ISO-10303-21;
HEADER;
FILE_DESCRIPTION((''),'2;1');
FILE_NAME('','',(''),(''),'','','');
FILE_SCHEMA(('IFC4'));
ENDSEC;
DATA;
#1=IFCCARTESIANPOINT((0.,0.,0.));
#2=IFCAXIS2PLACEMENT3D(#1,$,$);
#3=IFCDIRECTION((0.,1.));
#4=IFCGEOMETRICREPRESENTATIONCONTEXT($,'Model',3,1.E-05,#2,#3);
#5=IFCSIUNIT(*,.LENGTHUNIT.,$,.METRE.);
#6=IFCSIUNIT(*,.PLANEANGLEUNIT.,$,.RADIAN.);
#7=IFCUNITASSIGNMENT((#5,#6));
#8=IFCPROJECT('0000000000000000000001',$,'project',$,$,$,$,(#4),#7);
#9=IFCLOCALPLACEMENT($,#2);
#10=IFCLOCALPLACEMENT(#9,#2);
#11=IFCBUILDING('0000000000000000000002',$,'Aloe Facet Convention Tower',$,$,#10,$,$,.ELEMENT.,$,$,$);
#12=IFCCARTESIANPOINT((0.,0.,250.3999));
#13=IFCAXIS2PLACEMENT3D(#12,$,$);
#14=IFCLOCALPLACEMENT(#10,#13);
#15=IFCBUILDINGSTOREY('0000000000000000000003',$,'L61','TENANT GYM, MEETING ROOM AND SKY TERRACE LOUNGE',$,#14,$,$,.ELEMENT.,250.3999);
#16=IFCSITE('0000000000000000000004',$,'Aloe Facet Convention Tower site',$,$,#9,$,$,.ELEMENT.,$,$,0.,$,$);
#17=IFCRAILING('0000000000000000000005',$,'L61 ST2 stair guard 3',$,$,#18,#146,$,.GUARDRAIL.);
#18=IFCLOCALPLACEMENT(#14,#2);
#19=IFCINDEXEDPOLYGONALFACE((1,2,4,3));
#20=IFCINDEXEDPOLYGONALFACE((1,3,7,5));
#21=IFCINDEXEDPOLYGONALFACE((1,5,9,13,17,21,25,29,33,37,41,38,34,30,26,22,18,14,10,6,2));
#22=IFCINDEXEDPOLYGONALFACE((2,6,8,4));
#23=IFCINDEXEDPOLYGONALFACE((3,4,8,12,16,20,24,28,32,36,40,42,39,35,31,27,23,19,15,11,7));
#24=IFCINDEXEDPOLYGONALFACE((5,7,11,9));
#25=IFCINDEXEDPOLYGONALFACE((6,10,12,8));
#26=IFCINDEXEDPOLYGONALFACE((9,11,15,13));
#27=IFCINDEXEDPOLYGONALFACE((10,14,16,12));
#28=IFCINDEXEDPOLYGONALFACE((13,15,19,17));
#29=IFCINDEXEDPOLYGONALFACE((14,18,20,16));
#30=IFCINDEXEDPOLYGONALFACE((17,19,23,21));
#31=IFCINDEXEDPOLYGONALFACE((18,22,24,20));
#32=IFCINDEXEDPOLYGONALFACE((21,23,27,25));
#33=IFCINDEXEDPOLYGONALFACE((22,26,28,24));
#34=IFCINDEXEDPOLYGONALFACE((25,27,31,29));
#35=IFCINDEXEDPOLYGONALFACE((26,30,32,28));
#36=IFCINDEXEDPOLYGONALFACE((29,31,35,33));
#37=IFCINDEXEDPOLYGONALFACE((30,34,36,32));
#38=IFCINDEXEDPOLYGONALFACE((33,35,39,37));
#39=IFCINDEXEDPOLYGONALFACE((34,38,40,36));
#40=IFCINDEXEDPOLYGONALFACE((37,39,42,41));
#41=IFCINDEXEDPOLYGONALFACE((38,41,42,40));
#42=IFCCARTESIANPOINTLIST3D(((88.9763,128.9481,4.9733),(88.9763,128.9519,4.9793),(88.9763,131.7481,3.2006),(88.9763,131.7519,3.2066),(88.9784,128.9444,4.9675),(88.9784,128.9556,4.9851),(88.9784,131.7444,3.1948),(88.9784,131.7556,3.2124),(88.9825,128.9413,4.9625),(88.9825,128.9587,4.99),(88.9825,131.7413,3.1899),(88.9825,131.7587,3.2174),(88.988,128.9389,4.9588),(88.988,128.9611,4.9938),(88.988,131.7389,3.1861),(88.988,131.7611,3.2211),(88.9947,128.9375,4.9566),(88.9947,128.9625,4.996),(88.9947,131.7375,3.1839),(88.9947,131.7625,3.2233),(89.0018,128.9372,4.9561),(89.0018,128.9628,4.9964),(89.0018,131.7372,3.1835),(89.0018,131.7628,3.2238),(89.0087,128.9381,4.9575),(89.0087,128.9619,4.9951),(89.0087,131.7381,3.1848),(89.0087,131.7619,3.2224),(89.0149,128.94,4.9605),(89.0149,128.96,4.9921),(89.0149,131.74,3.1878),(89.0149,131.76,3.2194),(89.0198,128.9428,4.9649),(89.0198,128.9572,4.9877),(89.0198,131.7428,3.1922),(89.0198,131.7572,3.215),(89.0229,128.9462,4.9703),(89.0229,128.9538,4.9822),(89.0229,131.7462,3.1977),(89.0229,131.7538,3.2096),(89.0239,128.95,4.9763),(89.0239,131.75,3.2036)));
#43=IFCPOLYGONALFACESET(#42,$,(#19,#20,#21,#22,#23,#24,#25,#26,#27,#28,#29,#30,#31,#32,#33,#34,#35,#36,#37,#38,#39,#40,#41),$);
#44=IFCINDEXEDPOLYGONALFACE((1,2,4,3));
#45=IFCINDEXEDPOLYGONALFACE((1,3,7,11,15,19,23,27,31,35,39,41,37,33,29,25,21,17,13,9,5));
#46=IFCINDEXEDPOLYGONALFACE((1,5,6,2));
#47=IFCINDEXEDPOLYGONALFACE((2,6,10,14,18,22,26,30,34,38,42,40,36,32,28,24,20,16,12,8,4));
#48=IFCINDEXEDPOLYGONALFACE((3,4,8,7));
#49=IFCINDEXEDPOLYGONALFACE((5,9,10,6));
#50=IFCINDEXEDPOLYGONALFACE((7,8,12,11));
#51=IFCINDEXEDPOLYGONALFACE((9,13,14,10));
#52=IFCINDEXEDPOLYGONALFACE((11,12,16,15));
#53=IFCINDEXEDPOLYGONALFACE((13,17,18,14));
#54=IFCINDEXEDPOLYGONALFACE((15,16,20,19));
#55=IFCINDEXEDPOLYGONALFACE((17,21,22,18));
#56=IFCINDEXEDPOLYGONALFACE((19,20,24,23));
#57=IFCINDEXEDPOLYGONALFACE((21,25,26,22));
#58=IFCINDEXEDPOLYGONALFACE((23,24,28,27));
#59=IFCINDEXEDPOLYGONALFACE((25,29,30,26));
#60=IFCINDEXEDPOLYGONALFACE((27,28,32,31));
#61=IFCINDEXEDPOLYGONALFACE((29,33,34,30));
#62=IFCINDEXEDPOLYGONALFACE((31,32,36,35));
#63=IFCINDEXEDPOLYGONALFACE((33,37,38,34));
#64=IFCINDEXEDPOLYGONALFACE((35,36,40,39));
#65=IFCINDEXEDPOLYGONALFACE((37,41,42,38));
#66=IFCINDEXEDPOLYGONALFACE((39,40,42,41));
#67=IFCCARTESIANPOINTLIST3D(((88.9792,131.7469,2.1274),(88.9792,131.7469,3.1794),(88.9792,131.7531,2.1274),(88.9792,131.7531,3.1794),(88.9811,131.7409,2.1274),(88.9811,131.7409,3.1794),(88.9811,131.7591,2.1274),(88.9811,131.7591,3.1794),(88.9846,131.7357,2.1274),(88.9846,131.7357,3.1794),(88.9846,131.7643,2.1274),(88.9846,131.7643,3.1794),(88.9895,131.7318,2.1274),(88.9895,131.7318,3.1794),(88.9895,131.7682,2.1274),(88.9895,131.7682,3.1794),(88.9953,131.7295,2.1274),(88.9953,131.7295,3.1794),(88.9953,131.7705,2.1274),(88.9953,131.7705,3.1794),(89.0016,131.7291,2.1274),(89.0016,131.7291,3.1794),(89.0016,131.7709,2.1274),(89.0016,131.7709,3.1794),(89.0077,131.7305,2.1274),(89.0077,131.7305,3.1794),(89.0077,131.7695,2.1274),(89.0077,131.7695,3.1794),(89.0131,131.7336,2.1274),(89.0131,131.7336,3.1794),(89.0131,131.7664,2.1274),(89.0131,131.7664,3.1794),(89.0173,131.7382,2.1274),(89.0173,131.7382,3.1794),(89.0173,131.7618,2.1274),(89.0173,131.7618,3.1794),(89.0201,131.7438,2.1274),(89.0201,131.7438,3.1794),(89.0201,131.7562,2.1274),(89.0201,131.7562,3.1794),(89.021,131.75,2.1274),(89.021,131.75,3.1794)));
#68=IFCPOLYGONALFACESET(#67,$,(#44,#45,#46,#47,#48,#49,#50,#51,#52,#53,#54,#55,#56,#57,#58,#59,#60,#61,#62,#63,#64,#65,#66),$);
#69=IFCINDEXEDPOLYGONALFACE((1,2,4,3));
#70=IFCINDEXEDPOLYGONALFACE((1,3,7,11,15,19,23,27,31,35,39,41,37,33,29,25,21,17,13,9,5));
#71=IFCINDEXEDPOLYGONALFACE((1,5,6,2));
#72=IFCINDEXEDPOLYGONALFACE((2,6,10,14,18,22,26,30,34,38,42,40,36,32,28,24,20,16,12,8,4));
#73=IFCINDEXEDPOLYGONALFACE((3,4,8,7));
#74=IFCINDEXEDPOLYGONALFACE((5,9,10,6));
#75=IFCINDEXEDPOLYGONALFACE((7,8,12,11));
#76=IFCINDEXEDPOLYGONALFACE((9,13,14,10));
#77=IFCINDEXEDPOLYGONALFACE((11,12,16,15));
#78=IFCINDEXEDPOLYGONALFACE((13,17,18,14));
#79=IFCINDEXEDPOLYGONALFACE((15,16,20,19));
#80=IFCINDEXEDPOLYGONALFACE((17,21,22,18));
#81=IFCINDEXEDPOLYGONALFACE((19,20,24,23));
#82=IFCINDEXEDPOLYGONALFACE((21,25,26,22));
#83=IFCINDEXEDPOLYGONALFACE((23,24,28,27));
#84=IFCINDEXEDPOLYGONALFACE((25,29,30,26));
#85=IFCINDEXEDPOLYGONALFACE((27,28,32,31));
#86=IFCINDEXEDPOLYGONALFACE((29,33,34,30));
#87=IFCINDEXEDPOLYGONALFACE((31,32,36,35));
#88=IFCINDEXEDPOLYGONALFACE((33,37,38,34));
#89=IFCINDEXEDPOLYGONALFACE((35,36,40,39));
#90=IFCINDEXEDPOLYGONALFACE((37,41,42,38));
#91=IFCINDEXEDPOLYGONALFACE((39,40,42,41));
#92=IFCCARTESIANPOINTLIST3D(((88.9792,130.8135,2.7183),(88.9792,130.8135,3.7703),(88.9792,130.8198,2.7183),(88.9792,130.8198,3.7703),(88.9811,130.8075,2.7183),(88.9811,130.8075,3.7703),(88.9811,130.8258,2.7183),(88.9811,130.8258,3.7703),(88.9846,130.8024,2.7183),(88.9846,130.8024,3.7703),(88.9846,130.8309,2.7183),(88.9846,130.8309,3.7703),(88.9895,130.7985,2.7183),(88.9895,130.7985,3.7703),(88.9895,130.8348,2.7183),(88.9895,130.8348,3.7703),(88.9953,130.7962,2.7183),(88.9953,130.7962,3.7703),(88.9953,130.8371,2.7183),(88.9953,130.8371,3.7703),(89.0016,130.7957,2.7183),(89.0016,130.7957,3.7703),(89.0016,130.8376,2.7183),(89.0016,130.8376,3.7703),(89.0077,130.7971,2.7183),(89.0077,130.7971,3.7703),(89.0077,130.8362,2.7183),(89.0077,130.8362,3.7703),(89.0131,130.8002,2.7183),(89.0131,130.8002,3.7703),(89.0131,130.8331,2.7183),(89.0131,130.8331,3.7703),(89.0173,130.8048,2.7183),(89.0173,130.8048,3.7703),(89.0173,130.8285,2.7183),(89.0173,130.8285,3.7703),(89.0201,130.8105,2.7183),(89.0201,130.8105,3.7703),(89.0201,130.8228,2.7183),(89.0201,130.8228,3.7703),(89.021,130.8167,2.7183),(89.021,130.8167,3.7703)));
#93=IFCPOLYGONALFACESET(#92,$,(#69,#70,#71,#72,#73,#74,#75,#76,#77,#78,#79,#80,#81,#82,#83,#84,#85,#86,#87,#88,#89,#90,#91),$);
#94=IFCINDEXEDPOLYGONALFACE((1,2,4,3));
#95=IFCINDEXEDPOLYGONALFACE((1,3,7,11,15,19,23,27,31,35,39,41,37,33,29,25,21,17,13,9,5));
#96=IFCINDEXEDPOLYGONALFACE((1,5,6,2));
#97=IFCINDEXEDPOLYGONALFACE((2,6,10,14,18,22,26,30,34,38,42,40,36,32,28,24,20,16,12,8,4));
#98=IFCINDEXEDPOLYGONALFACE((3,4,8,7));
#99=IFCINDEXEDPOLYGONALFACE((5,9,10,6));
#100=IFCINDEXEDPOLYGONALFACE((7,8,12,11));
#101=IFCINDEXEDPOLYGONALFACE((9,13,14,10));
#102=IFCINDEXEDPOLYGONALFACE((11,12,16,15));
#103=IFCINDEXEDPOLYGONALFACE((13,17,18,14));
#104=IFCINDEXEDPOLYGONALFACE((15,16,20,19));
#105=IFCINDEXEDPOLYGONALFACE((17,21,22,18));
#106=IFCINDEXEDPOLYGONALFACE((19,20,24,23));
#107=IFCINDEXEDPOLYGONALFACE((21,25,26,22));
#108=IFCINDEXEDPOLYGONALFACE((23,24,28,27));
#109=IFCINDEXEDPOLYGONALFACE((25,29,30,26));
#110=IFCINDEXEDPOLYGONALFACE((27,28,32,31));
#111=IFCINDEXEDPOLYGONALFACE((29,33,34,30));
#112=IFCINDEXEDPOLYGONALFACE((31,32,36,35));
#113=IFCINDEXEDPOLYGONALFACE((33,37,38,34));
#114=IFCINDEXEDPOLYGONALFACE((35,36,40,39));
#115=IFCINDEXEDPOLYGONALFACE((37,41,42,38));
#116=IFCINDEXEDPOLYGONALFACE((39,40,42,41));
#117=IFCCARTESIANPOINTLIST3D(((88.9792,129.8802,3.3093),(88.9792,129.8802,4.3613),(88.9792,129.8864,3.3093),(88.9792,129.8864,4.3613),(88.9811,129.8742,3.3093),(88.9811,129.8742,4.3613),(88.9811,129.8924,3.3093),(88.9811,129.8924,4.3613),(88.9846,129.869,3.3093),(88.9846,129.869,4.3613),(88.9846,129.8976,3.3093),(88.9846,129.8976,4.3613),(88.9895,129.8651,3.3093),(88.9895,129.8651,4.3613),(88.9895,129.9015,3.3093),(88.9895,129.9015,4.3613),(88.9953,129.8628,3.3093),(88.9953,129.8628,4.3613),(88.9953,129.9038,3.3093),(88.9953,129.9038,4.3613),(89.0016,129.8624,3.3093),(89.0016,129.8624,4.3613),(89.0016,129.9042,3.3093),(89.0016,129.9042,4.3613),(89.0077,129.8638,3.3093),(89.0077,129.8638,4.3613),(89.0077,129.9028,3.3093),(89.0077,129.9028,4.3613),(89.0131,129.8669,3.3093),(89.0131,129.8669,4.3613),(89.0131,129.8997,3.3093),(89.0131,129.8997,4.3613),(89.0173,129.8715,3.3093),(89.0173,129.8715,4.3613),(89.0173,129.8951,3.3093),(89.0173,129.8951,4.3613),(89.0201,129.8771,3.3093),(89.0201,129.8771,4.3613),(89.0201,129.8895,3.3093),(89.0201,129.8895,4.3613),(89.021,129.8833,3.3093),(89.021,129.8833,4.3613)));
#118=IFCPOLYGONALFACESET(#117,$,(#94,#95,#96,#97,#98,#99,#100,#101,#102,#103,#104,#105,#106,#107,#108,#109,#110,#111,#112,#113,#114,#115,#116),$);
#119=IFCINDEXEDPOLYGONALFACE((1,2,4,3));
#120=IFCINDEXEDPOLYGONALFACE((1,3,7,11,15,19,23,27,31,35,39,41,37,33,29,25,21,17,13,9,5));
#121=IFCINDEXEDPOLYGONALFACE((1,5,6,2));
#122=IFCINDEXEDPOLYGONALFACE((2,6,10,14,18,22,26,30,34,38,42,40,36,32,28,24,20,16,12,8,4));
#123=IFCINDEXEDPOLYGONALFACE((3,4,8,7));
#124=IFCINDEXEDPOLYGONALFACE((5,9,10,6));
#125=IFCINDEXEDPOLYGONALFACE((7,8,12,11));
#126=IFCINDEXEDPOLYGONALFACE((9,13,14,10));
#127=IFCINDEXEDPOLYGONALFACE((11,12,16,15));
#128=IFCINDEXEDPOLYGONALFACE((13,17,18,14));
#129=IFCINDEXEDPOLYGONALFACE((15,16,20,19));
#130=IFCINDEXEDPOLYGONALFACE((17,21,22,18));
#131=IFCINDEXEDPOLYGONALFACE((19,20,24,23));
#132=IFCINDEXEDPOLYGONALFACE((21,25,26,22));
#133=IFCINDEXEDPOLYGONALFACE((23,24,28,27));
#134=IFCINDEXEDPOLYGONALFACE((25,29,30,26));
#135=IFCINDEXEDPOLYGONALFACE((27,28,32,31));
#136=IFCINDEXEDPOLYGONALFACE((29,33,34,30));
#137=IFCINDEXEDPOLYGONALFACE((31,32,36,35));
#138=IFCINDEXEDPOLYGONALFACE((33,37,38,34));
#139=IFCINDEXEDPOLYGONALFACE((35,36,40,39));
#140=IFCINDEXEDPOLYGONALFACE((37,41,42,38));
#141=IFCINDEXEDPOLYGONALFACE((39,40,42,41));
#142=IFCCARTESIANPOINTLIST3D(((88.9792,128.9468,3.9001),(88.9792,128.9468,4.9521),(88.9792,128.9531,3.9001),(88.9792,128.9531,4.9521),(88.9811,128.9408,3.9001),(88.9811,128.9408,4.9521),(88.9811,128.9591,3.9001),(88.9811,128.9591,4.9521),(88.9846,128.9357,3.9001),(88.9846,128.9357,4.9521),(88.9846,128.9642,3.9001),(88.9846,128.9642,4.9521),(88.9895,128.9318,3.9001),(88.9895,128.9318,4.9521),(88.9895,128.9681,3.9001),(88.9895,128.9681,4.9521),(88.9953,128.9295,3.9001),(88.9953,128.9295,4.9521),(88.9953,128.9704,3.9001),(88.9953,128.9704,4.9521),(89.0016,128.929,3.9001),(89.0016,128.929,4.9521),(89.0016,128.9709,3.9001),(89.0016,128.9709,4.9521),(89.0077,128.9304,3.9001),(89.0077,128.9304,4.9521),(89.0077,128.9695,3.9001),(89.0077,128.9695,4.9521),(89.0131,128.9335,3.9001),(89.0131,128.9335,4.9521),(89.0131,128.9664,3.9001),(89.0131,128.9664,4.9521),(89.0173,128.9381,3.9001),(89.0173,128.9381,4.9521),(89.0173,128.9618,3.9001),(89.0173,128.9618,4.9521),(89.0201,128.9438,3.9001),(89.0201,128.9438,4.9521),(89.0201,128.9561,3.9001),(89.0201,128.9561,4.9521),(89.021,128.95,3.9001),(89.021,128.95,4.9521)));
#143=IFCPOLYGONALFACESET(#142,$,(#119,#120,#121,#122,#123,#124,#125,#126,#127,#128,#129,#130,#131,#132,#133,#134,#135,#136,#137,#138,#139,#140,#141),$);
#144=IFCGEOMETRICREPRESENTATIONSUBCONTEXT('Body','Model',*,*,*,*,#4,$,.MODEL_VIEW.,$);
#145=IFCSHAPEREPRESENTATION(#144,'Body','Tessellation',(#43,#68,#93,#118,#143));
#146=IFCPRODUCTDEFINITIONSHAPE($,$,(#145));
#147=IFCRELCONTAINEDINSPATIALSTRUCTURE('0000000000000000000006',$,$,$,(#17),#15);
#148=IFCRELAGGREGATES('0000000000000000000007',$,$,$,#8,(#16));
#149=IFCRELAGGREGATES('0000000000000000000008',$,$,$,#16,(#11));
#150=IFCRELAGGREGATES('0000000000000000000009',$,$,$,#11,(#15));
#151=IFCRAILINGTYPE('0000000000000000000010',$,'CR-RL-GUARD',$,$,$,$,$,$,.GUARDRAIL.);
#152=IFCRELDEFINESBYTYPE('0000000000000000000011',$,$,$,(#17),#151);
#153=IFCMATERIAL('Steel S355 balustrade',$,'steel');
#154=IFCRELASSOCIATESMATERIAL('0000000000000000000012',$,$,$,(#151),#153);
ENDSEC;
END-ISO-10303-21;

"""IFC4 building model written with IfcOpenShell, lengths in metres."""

from ifc_helpers import new_model, si_unit, direction, frame, origin, origin_2d, place, context, subcontext, project, spatial, circle, extrude, material, type_object, element, save


model = new_model("IFC4")

# Units and contexts
model_context = context("Model", 3, precision=1e-05, world=origin(), true_north=direction((0.0, 1.0)))
body_context = subcontext(model_context, "Body", "Model", "MODEL_VIEW")
ifc_project = project(units=[si_unit("LENGTHUNIT", "METRE"), si_unit("PLANEANGLEUNIT", "RADIAN")], contexts=[model_context])

# Site, building, storey
site_placement = place(None, origin())
site = spatial("IfcSite", under=ifc_project, at=site_placement, Name="Aloe Facet Convention Tower site", CompositionType="ELEMENT", RefElevation=0.0)
building_placement = place(site_placement, origin())
building = spatial("IfcBuilding", under=site, at=building_placement, Name="Aloe Facet Convention Tower", CompositionType="ELEMENT")
storey_placement = place(building_placement, frame((0.0, 0.0, 250.3999)))
storey = spatial("IfcBuildingStorey", under=building, at=storey_placement, Name="L61", Description="TENANT GYM, MEETING ROOM AND SKY TERRACE LOUNGE", CompositionType="ELEMENT", Elevation=250.3999)

# Railing
ifc_material_1 = material(Name="Steel S355 balustrade", Category="steel")
railing_type_1 = type_object("IfcRailingType", Name="CR-RL-GUARD", PredefinedType="GUARDRAIL", material=ifc_material_1)
railing_1_placement = place(storey_placement, frame((89.0, 131.75, 2.1274)))
element("IfcRailing", 1, at=railing_1_placement, inside=storey, type_object=railing_type_1, Name="L61 ST2 stair guard 3", PredefinedType="GUARDRAIL", context=body_context, shape_type="SweptSolid", body=[
    extrude(circle(Radius=0.0239, at=origin_2d()), frame((0.0, 0.0, 1.0762), z_axis=(0.0, -0.844909, 0.53491), x_axis=(1.0, 0.0, 0.0)), (0.0, 0.0, 1.0), 3.314),
    extrude(circle(Radius=0.021, at=origin_2d()), origin(), (0.0, 0.0, 1.0), 1.052),
    extrude(circle(Radius=0.021, at=origin_2d()), frame((0.0, -0.9333, 0.5908)), (0.0, 0.0, 1.0), 1.052),
    extrude(circle(Radius=0.021, at=origin_2d()), frame((0.0, -1.8667, 1.1819)), (0.0, 0.0, 1.0), 1.052),
    extrude(circle(Radius=0.021, at=origin_2d()), frame((0.0, -2.8, 1.7727)), (0.0, 0.0, 1.0), 1.052),
])

save(model, "model.ifc")
